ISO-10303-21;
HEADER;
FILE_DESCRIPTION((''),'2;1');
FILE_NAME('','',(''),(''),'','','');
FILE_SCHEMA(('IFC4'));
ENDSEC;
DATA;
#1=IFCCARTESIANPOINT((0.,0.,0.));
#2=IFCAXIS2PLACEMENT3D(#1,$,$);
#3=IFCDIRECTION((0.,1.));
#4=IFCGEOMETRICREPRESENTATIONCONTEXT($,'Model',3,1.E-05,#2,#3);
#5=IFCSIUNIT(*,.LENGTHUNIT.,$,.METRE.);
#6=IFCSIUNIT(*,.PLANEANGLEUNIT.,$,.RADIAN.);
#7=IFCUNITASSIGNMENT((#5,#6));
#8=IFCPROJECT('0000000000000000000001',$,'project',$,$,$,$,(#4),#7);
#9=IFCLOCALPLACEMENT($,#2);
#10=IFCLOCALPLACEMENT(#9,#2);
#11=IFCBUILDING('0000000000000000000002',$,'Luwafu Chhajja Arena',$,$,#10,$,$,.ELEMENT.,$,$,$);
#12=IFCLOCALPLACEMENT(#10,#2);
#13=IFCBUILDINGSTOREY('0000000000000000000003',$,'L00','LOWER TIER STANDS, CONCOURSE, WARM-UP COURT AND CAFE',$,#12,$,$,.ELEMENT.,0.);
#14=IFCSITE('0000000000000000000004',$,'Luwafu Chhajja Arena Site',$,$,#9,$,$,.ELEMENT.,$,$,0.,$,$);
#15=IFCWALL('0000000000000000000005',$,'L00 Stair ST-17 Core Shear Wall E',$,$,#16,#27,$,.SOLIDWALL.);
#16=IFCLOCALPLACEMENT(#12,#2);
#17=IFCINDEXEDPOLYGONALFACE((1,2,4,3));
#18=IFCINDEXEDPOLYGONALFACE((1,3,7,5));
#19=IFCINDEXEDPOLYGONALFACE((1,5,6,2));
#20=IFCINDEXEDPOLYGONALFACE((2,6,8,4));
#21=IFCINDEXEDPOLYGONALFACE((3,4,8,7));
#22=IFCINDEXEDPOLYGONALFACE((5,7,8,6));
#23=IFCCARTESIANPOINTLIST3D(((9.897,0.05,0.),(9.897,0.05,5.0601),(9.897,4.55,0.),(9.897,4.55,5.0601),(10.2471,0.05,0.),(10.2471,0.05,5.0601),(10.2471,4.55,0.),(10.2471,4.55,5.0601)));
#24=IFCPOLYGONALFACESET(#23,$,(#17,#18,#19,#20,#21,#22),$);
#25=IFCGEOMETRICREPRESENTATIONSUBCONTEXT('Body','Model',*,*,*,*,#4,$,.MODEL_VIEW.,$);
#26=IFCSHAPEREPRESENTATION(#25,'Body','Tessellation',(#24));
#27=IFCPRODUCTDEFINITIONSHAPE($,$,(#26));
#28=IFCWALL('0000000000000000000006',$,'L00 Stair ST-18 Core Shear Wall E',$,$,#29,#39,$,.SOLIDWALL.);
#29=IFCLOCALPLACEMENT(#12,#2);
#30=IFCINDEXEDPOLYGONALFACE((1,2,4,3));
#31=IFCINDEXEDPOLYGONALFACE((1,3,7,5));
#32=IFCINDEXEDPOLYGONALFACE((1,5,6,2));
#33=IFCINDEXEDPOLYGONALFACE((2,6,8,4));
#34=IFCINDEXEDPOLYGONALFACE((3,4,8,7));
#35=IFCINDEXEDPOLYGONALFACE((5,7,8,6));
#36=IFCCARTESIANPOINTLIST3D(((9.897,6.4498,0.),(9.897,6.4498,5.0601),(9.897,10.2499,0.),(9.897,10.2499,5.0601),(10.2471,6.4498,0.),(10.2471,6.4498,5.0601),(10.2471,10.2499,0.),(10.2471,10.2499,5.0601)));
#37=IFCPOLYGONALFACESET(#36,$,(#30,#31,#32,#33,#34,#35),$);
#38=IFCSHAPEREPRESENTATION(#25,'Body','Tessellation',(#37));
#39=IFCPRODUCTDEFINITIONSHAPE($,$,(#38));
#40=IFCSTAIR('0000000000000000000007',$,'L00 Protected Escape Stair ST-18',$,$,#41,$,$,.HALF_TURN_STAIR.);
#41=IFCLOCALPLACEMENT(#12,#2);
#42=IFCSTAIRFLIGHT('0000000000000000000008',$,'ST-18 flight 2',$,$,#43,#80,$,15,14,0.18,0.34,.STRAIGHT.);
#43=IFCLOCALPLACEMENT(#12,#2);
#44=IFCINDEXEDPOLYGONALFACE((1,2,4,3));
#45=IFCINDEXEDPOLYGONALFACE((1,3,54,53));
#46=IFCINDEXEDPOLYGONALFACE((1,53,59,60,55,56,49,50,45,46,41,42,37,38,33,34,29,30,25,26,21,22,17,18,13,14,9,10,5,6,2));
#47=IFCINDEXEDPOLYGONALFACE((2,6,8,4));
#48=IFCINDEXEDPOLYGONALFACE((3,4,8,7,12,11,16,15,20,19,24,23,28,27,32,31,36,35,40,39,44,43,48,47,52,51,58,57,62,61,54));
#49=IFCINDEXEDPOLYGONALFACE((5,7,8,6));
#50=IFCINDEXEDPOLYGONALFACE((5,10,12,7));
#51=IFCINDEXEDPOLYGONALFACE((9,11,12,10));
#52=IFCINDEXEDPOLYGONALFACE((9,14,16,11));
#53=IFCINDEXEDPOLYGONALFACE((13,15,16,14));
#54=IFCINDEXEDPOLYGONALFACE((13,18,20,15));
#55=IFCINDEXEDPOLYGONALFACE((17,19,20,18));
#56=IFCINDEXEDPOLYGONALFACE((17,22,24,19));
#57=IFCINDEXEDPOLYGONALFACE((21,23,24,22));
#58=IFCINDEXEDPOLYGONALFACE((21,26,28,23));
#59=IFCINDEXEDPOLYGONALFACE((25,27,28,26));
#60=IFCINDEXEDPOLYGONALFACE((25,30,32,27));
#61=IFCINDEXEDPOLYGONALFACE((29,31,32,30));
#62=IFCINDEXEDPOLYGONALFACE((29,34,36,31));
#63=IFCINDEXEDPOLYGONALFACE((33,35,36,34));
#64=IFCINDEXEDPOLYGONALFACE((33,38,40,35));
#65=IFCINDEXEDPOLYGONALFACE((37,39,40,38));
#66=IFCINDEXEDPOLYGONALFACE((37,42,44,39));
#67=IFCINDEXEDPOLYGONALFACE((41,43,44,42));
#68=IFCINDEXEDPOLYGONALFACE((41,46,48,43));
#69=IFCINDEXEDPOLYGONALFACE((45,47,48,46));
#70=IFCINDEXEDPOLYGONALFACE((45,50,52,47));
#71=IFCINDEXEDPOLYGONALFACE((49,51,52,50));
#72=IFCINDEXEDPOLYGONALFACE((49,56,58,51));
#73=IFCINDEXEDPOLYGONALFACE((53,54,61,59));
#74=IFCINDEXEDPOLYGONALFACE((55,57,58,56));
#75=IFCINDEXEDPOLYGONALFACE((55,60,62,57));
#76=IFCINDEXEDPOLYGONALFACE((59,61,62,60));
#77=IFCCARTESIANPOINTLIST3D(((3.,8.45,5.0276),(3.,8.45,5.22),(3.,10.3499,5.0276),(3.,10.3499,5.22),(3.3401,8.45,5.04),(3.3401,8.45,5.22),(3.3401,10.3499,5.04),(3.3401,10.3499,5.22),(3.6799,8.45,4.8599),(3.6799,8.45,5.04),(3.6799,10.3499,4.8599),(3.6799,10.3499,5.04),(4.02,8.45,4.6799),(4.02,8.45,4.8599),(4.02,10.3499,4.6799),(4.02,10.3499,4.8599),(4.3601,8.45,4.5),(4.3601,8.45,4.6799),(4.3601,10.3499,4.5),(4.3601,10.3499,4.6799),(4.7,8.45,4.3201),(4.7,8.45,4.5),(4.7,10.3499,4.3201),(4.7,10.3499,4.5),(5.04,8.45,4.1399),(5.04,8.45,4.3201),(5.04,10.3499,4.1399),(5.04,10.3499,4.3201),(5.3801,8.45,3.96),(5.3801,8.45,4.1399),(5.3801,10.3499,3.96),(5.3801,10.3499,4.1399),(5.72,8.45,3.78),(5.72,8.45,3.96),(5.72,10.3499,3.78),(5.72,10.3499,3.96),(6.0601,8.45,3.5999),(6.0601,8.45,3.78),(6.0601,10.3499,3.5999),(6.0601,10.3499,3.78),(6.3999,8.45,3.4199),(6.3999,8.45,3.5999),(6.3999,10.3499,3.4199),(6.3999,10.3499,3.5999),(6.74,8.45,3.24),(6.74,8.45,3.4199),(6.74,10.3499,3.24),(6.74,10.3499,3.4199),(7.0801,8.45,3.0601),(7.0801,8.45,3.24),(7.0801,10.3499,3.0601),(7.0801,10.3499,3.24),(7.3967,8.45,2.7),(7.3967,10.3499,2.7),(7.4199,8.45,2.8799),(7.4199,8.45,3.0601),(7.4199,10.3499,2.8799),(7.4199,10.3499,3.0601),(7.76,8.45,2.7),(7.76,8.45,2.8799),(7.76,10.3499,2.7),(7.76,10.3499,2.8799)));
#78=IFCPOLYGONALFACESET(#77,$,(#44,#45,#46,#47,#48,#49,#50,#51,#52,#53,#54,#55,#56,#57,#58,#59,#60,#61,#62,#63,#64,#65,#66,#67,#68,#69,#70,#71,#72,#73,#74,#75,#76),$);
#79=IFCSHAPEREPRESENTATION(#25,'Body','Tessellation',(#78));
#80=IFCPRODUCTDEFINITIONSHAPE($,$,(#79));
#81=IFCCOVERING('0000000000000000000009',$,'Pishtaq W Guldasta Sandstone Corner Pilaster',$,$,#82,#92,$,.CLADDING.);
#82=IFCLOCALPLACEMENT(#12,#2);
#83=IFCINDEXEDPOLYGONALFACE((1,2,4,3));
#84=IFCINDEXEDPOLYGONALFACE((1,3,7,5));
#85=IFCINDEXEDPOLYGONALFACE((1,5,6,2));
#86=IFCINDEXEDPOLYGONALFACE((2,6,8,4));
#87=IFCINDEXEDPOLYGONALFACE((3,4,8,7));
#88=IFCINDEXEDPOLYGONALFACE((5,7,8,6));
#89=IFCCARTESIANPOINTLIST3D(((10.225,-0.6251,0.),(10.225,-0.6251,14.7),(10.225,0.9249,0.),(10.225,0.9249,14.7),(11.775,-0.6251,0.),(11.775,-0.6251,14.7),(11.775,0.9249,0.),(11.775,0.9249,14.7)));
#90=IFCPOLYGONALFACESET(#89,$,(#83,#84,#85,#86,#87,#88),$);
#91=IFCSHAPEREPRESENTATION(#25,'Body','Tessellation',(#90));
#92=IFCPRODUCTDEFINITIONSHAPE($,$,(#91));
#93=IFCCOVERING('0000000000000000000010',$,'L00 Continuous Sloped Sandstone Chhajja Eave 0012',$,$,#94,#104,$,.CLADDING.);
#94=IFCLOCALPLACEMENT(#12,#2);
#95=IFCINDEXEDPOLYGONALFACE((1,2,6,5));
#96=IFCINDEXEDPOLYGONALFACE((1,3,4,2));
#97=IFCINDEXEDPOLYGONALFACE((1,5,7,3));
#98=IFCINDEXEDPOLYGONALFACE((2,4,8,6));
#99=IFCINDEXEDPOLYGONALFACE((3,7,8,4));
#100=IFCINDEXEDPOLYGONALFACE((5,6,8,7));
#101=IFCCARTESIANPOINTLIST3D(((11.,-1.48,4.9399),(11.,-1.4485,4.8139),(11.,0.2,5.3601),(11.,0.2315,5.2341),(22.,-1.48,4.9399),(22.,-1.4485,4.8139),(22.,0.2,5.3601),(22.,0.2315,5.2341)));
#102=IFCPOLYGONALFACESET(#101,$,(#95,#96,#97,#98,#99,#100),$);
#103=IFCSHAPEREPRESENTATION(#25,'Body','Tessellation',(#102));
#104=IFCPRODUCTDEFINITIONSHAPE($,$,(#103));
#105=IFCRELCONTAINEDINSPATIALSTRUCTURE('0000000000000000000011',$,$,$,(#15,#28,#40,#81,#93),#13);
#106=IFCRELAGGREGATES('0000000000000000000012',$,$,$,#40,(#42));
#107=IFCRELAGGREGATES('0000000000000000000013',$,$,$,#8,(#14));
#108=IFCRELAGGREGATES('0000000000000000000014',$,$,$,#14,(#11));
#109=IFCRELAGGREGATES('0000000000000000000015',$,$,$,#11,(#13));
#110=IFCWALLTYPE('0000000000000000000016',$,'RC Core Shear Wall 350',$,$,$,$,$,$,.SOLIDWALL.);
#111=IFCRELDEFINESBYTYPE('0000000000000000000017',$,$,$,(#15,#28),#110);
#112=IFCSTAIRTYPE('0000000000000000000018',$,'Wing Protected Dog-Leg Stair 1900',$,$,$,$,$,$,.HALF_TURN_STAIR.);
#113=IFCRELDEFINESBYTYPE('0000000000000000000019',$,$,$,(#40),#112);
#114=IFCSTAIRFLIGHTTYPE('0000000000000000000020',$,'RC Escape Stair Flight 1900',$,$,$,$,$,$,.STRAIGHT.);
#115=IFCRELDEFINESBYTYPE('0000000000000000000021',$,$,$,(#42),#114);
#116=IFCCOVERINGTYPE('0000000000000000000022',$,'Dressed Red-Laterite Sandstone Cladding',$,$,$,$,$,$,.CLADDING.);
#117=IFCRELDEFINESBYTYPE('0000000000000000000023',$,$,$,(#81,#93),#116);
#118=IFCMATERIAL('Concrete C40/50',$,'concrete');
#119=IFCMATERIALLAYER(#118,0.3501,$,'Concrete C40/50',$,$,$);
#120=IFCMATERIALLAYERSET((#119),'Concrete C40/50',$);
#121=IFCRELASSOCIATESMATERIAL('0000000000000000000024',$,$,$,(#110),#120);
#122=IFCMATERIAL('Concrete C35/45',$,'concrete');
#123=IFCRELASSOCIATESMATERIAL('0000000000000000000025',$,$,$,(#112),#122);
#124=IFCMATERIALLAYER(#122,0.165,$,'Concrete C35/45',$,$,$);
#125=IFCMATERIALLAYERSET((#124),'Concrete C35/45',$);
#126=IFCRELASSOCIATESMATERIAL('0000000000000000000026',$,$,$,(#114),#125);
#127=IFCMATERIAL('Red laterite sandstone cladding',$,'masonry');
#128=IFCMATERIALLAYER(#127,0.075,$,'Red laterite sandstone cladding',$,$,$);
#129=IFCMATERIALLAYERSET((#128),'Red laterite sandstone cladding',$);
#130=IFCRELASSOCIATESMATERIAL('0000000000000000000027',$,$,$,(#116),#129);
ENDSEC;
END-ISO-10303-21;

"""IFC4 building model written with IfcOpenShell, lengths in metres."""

from ifc_helpers import new_model, si_unit, direction, frame, frame_2d, origin, origin_2d, place, context, subcontext, project, spatial, polyline, rectangle, outline, extrude, material, layer, layer_set, type_object, element, aggregate, save


model = new_model("IFC4")

# Units and contexts
model_context = context("Model", 3, precision=1e-05, world=origin(), true_north=direction((0.0, 1.0)))
body_context = subcontext(model_context, "Body", "Model", "MODEL_VIEW")
ifc_project = project(units=[si_unit("LENGTHUNIT", "METRE"), si_unit("PLANEANGLEUNIT", "RADIAN")], contexts=[model_context])

# Site, building, storey
site_placement = place(None, origin())
site = spatial("IfcSite", under=ifc_project, at=site_placement, Name="Luwafu Chhajja Arena Site", CompositionType="ELEMENT", RefElevation=0.0)
building_placement = place(site_placement, origin())
building = spatial("IfcBuilding", under=site, at=building_placement, Name="Luwafu Chhajja Arena", CompositionType="ELEMENT")
storey_placement = place(building_placement, origin())
storey = spatial("IfcBuildingStorey", under=building, at=storey_placement, Name="L00", Description="LOWER TIER STANDS, CONCOURSE, WARM-UP COURT AND CAFE", CompositionType="ELEMENT", Elevation=0.0)

# Shared definitions
ifc_material_1 = material(Name="Concrete C35/45", Category="concrete")

# Shared definitions
ifc_material_2 = material(Name="Concrete C40/50", Category="concrete")

# Walls
ifc_layer_1 = layer(ifc_material_2, 0.3501, Name="Concrete C40/50")
ifc_layer_set_1 = layer_set([ifc_layer_1], Name="Concrete C40/50")
wall_type_1 = type_object("IfcWallType", Name="RC Core Shear Wall 350", PredefinedType="SOLIDWALL", material=ifc_layer_set_1)
wall_1_placement = place(storey_placement, frame((10.072, 0.05, 0.0), z_axis=(0.0, 0.0, 1.0), x_axis=(0.0, 1.0, 0.0)))
element("IfcWall", 1, at=wall_1_placement, inside=storey, type_object=wall_type_1, Name="L00 Stair ST-17 Core Shear Wall E", PredefinedType="SOLIDWALL", context=body_context, shape_type="SweptSolid", body=[
    extrude(rectangle(XDim=4.5, YDim=0.3501, at=frame_2d((2.25, 0.0))), origin(), (0.0, 0.0, 1.0), 5.0601),
])
wall_2_placement = place(storey_placement, frame((10.072, 6.45, 0.0), z_axis=(0.0, 0.0, 1.0), x_axis=(0.0, 1.0, 0.0)))
element("IfcWall", 2, at=wall_2_placement, inside=storey, type_object=wall_type_1, Name="L00 Stair ST-18 Core Shear Wall E", PredefinedType="SOLIDWALL", context=body_context, shape_type="SweptSolid", body=[
    extrude(rectangle(XDim=3.8, YDim=0.3501, at=frame_2d((1.8999, 0.0))), origin(), (0.0, 0.0, 1.0), 5.0601),
])

# Stair, stair flight
stair_type = type_object("IfcStairType", Name="Wing Protected Dog-Leg Stair 1900", PredefinedType="HALF_TURN_STAIR", material=ifc_material_1)
stair_placement = place(storey_placement, origin())
stair = element("IfcStair", 3, at=stair_placement, inside=storey, type_object=stair_type, Name="L00 Protected Escape Stair ST-18", PredefinedType="HALF_TURN_STAIR")
ifc_layer_2 = layer(ifc_material_1, 0.165, Name="Concrete C35/45")
ifc_layer_set_2 = layer_set([ifc_layer_2], Name="Concrete C35/45")
stair_flight_type = type_object("IfcStairFlightType", Name="RC Escape Stair Flight 1900", PredefinedType="STRAIGHT", material=ifc_layer_set_2)
stair_flight_placement = place(storey_placement, frame((7.76, 9.3999, 2.7), z_axis=(0.0, 0.0, 1.0), x_axis=(-1.0, 0.0, 0.0)))
stair_flight = element("IfcStairFlight", 4, at=stair_flight_placement, type_object=stair_flight_type, Name="ST-18 flight 2", NumberOfRisers=15, NumberOfTreads=14, PredefinedType="STRAIGHT", RiserHeight=0.18, TreadLength=0.34, context=body_context, shape_type="SweptSolid", body=[
    extrude(outline(polyline([(0.0, 0.0), (0.0, 0.1799), (0.3401, 0.1799), (0.3401, 0.3601), (0.6799, 0.3601), (0.6799, 0.54), (1.02, 0.54), (1.02, 0.72), (1.3601, 0.72), (1.3601, 0.8999), (1.7, 0.8999), (1.7, 1.0801), (2.04, 1.0801), (2.04, 1.26), (2.3799, 1.26), (2.3799, 1.4399), (2.72, 1.4399), (2.72, 1.6201), (3.0601, 1.6201), (3.0601, 1.8), (3.3999, 1.8), (3.3999, 1.98), (3.74, 1.98), (3.74, 2.1599), (4.0801, 2.1599), (4.0801, 2.3401), (4.4199, 2.3401), (4.4199, 2.52), (4.76, 2.52), (4.76, 2.7), (4.76, 2.3276), (0.3633, 0.0), (0.0, 0.0)])), frame((0.0, 0.95, 0.0), z_axis=(0.0, -1.0, 0.0), x_axis=(1.0, 0.0, 0.0)), (0.0, 0.0, 1.0), 1.8999),
])
aggregate(stair, [stair_flight])

# Coverings
ifc_material_3 = material(Name="Red laterite sandstone cladding", Category="masonry")
ifc_layer_3 = layer(ifc_material_3, 0.075, Name="Red laterite sandstone cladding")
ifc_layer_set_3 = layer_set([ifc_layer_3], Name="Red laterite sandstone cladding")
covering_type = type_object("IfcCoveringType", Name="Dressed Red-Laterite Sandstone Cladding", PredefinedType="CLADDING", material=ifc_layer_set_3)
covering_1_placement = place(storey_placement, frame((11.0, 0.1499, 0.0), z_axis=(0.0, 0.0, 1.0), x_axis=(1.0, 0.0, 0.0)))
element("IfcCovering", 5, at=covering_1_placement, inside=storey, type_object=covering_type, Name="Pishtaq W Guldasta Sandstone Corner Pilaster", PredefinedType="CLADDING", context=body_context, shape_type="SweptSolid", body=[
    extrude(rectangle(XDim=1.55, YDim=1.55, at=origin_2d()), origin(), (0.0, 0.0, 1.0), 14.7),
])
covering_2_placement = place(storey_placement, frame((11.0, 0.2, 5.3601), z_axis=(0.0, -0.242635, 0.970118), x_axis=(1.0, 0.0, 0.0)))
element("IfcCovering", 6, at=covering_2_placement, inside=storey, type_object=covering_type, Name="L00 Continuous Sloped Sandstone Chhajja Eave 0012", PredefinedType="CLADDING", context=body_context, shape_type="SweptSolid", body=[
    extrude(outline(polyline([(0.0, 0.0), (11.0, 0.0), (11.0, -1.7317), (0.0, -1.7317), (0.0, 0.0)])), origin(), (0.0, 0.0, -1.0), 0.1299),
])

save(model, "model.ifc")
